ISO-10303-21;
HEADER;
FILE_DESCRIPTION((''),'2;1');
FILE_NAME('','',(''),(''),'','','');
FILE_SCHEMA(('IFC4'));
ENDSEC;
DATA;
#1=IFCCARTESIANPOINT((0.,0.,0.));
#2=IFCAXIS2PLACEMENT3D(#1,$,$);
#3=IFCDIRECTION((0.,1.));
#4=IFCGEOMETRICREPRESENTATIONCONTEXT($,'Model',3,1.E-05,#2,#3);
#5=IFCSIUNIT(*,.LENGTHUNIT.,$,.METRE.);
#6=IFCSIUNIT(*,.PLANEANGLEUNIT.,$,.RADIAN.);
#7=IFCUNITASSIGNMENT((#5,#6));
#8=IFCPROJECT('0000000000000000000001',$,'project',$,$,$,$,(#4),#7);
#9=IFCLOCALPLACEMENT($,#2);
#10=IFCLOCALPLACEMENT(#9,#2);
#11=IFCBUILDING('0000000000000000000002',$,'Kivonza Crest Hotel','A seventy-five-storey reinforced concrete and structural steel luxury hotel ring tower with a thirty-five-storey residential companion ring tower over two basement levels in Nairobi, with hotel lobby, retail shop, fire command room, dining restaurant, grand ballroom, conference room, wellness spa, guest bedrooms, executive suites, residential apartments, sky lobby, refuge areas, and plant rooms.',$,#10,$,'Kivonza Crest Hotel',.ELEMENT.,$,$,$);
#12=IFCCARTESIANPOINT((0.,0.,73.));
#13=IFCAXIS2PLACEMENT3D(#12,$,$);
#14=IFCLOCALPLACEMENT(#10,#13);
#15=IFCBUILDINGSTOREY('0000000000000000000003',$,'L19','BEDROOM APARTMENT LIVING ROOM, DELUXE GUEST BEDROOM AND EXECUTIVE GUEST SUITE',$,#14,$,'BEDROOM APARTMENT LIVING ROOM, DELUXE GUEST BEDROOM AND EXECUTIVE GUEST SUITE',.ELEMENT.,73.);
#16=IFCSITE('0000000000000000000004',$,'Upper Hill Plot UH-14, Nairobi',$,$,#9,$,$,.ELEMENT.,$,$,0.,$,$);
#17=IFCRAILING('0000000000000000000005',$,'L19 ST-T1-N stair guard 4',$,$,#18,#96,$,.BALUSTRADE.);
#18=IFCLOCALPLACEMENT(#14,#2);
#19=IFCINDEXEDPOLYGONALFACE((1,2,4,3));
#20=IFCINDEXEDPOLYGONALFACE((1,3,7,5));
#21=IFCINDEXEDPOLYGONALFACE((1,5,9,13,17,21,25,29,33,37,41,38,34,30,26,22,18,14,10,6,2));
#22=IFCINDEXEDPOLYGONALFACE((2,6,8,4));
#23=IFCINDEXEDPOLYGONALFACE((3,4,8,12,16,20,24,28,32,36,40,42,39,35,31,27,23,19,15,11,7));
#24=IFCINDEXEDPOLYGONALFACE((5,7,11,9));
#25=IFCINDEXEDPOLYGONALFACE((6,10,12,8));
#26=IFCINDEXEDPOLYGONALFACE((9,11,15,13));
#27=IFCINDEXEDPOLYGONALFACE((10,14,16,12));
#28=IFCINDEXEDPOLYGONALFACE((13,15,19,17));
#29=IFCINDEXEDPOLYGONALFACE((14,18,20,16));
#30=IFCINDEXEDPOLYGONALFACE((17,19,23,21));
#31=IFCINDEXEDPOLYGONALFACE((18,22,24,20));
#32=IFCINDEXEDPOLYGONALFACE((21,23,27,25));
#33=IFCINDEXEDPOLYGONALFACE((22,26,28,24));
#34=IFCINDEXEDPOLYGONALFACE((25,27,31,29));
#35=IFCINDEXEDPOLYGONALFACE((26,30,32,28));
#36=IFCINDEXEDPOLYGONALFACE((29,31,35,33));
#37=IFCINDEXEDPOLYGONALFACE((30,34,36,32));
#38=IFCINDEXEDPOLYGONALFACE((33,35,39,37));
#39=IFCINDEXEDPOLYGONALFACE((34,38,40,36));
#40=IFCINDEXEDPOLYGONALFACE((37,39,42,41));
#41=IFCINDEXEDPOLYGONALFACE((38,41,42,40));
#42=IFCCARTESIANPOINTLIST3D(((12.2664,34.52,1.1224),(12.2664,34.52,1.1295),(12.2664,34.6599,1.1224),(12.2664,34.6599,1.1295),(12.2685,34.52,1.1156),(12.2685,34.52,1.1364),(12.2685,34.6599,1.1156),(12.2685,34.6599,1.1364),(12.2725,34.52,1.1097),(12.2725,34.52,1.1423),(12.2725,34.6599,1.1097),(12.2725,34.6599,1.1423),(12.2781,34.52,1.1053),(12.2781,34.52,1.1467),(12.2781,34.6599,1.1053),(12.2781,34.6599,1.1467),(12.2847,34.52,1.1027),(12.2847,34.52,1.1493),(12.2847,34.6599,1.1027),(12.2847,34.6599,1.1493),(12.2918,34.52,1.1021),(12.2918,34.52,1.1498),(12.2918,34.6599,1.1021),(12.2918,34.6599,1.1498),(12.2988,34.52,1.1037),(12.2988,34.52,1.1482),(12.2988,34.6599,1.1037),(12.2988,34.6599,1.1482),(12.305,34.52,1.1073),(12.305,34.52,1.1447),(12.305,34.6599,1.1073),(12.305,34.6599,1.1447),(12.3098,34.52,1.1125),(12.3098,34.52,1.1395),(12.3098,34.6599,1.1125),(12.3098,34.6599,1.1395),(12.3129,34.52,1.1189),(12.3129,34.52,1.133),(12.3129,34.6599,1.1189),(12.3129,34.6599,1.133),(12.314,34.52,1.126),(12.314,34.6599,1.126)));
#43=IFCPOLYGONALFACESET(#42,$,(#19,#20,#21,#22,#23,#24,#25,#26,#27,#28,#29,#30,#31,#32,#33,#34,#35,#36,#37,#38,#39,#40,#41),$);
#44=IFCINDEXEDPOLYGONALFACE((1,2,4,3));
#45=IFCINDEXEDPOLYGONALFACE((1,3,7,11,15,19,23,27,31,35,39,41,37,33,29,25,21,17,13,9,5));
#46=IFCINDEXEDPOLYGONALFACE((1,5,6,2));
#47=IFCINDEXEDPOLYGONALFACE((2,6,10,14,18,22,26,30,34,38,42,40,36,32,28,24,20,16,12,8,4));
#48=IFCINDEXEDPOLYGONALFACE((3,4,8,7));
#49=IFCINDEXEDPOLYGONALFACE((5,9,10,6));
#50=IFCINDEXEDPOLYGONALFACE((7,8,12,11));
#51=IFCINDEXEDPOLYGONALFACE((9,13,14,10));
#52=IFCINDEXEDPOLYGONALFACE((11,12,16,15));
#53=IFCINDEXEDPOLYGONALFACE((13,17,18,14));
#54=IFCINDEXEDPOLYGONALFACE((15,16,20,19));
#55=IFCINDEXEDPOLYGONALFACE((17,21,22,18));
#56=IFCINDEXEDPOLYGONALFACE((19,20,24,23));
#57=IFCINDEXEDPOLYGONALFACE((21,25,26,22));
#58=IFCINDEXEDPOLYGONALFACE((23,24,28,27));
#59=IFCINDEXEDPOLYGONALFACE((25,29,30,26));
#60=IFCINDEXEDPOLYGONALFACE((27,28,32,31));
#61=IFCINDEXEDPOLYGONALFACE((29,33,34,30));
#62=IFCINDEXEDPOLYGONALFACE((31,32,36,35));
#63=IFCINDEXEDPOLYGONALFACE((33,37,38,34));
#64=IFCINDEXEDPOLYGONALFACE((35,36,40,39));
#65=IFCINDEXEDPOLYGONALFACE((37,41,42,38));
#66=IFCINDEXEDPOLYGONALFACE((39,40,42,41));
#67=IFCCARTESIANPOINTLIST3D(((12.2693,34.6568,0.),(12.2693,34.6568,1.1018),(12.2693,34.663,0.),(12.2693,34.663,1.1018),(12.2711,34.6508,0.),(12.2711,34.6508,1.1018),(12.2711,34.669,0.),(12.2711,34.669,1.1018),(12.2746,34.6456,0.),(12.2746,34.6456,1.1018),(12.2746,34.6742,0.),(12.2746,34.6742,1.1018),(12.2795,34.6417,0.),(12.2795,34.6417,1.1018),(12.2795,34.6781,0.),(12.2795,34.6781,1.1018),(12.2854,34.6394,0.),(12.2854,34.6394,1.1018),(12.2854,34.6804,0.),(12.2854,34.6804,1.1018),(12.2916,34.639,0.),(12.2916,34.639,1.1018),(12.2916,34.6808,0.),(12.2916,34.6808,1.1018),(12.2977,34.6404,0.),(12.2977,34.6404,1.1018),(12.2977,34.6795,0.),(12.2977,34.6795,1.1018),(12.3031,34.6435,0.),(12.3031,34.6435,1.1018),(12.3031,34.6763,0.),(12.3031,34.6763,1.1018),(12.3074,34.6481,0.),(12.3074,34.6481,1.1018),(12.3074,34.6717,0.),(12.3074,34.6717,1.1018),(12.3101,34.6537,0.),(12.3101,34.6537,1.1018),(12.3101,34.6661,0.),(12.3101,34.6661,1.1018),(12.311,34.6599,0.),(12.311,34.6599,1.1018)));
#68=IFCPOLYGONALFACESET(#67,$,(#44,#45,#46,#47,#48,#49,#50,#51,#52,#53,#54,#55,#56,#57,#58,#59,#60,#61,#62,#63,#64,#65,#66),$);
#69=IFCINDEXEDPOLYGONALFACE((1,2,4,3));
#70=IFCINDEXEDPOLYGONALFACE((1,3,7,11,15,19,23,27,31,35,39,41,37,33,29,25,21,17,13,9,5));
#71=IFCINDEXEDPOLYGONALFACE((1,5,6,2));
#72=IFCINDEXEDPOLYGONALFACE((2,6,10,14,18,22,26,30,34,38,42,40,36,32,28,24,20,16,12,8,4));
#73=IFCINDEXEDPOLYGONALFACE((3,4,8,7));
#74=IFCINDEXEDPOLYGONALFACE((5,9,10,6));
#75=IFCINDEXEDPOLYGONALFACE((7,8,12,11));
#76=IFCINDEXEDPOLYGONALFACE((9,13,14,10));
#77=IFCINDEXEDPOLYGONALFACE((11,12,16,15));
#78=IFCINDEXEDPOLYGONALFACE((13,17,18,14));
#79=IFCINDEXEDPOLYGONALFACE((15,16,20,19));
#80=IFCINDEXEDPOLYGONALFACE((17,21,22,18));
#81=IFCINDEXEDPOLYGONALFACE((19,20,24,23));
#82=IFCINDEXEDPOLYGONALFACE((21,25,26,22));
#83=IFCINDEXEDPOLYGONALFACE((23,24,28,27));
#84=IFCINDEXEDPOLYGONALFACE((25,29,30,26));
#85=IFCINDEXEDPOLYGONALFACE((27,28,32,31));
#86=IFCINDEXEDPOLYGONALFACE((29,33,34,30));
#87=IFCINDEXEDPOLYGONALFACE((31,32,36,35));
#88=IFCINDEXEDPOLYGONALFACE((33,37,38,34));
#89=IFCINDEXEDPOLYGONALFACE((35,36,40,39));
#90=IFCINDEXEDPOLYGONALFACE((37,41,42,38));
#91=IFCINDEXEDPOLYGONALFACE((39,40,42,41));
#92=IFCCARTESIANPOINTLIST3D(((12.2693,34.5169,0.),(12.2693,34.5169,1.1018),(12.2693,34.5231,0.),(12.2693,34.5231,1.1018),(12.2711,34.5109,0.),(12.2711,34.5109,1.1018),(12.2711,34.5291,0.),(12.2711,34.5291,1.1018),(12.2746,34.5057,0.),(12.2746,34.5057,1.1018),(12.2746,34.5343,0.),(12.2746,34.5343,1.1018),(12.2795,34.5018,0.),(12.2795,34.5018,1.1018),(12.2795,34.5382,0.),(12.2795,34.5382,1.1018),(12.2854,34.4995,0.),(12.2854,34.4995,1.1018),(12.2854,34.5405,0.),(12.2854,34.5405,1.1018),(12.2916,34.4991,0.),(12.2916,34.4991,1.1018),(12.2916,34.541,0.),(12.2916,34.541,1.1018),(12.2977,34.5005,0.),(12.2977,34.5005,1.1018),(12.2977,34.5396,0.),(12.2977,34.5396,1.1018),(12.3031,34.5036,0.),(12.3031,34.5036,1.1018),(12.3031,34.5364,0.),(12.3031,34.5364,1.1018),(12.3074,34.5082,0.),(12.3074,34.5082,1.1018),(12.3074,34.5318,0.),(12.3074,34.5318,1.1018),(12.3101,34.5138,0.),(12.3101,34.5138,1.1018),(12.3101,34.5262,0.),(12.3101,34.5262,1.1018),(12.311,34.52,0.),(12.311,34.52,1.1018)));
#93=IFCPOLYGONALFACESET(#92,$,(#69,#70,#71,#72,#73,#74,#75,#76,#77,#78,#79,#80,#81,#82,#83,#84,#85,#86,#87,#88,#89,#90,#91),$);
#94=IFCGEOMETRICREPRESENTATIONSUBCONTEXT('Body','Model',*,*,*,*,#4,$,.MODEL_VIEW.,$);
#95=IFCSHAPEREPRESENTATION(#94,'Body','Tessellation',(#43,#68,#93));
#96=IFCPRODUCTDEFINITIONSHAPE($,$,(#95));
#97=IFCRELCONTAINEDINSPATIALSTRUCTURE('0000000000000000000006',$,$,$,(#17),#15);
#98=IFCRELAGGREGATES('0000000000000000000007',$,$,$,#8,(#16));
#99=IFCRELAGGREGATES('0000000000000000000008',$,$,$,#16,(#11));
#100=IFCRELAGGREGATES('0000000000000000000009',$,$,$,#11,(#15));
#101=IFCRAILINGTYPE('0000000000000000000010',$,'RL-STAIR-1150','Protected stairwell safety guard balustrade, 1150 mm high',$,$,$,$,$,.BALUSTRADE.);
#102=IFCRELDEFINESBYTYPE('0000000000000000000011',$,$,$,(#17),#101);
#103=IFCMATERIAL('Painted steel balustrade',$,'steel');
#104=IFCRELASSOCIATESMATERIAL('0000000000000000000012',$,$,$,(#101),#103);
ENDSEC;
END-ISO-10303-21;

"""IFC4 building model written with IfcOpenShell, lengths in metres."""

from ifc_helpers import new_model, si_unit, direction, frame, origin, origin_2d, place, context, subcontext, project, spatial, circle, extrude, material, type_object, element, save


model = new_model("IFC4")

# Units and contexts
model_context = context("Model", 3, precision=1e-05, world=origin(), true_north=direction((0.0, 1.0)))
body_context = subcontext(model_context, "Body", "Model", "MODEL_VIEW")
ifc_project = project(units=[si_unit("LENGTHUNIT", "METRE"), si_unit("PLANEANGLEUNIT", "RADIAN")], contexts=[model_context])

# Site, building, storey
site_placement = place(None, origin())
site = spatial("IfcSite", under=ifc_project, at=site_placement, Name="Upper Hill Plot UH-14, Nairobi", CompositionType="ELEMENT", RefElevation=0.0)
building_placement = place(site_placement, origin())
building = spatial("IfcBuilding", under=site, at=building_placement, Name="Kivonza Crest Hotel", Description="A seventy-five-storey reinforced concrete and structural steel luxury hotel ring tower with a thirty-five-storey residential companion ring tower over two basement levels in Nairobi, with hotel lobby, retail shop, fire command room, dining restaurant, grand ballroom, conference room, wellness spa, guest bedrooms, executive suites, residential apartments, sky lobby, refuge areas, and plant rooms.", LongName="Kivonza Crest Hotel", CompositionType="ELEMENT")
storey_placement = place(building_placement, frame((0.0, 0.0, 73.0)))
storey = spatial("IfcBuildingStorey", under=building, at=storey_placement, Name="L19", Description="BEDROOM APARTMENT LIVING ROOM, DELUXE GUEST BEDROOM AND EXECUTIVE GUEST SUITE", LongName="BEDROOM APARTMENT LIVING ROOM, DELUXE GUEST BEDROOM AND EXECUTIVE GUEST SUITE", CompositionType="ELEMENT", Elevation=73.0)

# Railing
ifc_material_1 = material(Name="Painted steel balustrade", Category="steel")
railing_type_1 = type_object("IfcRailingType", Name="RL-STAIR-1150", Description="Protected stairwell safety guard balustrade, 1150 mm high", PredefinedType="BALUSTRADE", material=ifc_material_1)
railing_1_placement = place(storey_placement, frame((12.29, 34.6599, 0.0)))
element("IfcRailing", 1, at=railing_1_placement, inside=storey, type_object=railing_type_1, Name="L19 ST-T1-N stair guard 4", PredefinedType="BALUSTRADE", context=body_context, shape_type="SweptSolid", body=[
    extrude(circle(Radius=0.0239, at=origin_2d()), frame((0.0, 0.0, 1.126), z_axis=(0.0, -1.0, 0.0), x_axis=(1.0, 0.0, 0.0)), (0.0, 0.0, 1.0), 0.1399),
    extrude(circle(Radius=0.021, at=origin_2d()), origin(), (0.0, 0.0, 1.0), 1.1018),
    extrude(circle(Radius=0.021, at=origin_2d()), frame((0.0, -0.1399, 0.0)), (0.0, 0.0, 1.0), 1.1018),
])

save(model, "model.ifc")
